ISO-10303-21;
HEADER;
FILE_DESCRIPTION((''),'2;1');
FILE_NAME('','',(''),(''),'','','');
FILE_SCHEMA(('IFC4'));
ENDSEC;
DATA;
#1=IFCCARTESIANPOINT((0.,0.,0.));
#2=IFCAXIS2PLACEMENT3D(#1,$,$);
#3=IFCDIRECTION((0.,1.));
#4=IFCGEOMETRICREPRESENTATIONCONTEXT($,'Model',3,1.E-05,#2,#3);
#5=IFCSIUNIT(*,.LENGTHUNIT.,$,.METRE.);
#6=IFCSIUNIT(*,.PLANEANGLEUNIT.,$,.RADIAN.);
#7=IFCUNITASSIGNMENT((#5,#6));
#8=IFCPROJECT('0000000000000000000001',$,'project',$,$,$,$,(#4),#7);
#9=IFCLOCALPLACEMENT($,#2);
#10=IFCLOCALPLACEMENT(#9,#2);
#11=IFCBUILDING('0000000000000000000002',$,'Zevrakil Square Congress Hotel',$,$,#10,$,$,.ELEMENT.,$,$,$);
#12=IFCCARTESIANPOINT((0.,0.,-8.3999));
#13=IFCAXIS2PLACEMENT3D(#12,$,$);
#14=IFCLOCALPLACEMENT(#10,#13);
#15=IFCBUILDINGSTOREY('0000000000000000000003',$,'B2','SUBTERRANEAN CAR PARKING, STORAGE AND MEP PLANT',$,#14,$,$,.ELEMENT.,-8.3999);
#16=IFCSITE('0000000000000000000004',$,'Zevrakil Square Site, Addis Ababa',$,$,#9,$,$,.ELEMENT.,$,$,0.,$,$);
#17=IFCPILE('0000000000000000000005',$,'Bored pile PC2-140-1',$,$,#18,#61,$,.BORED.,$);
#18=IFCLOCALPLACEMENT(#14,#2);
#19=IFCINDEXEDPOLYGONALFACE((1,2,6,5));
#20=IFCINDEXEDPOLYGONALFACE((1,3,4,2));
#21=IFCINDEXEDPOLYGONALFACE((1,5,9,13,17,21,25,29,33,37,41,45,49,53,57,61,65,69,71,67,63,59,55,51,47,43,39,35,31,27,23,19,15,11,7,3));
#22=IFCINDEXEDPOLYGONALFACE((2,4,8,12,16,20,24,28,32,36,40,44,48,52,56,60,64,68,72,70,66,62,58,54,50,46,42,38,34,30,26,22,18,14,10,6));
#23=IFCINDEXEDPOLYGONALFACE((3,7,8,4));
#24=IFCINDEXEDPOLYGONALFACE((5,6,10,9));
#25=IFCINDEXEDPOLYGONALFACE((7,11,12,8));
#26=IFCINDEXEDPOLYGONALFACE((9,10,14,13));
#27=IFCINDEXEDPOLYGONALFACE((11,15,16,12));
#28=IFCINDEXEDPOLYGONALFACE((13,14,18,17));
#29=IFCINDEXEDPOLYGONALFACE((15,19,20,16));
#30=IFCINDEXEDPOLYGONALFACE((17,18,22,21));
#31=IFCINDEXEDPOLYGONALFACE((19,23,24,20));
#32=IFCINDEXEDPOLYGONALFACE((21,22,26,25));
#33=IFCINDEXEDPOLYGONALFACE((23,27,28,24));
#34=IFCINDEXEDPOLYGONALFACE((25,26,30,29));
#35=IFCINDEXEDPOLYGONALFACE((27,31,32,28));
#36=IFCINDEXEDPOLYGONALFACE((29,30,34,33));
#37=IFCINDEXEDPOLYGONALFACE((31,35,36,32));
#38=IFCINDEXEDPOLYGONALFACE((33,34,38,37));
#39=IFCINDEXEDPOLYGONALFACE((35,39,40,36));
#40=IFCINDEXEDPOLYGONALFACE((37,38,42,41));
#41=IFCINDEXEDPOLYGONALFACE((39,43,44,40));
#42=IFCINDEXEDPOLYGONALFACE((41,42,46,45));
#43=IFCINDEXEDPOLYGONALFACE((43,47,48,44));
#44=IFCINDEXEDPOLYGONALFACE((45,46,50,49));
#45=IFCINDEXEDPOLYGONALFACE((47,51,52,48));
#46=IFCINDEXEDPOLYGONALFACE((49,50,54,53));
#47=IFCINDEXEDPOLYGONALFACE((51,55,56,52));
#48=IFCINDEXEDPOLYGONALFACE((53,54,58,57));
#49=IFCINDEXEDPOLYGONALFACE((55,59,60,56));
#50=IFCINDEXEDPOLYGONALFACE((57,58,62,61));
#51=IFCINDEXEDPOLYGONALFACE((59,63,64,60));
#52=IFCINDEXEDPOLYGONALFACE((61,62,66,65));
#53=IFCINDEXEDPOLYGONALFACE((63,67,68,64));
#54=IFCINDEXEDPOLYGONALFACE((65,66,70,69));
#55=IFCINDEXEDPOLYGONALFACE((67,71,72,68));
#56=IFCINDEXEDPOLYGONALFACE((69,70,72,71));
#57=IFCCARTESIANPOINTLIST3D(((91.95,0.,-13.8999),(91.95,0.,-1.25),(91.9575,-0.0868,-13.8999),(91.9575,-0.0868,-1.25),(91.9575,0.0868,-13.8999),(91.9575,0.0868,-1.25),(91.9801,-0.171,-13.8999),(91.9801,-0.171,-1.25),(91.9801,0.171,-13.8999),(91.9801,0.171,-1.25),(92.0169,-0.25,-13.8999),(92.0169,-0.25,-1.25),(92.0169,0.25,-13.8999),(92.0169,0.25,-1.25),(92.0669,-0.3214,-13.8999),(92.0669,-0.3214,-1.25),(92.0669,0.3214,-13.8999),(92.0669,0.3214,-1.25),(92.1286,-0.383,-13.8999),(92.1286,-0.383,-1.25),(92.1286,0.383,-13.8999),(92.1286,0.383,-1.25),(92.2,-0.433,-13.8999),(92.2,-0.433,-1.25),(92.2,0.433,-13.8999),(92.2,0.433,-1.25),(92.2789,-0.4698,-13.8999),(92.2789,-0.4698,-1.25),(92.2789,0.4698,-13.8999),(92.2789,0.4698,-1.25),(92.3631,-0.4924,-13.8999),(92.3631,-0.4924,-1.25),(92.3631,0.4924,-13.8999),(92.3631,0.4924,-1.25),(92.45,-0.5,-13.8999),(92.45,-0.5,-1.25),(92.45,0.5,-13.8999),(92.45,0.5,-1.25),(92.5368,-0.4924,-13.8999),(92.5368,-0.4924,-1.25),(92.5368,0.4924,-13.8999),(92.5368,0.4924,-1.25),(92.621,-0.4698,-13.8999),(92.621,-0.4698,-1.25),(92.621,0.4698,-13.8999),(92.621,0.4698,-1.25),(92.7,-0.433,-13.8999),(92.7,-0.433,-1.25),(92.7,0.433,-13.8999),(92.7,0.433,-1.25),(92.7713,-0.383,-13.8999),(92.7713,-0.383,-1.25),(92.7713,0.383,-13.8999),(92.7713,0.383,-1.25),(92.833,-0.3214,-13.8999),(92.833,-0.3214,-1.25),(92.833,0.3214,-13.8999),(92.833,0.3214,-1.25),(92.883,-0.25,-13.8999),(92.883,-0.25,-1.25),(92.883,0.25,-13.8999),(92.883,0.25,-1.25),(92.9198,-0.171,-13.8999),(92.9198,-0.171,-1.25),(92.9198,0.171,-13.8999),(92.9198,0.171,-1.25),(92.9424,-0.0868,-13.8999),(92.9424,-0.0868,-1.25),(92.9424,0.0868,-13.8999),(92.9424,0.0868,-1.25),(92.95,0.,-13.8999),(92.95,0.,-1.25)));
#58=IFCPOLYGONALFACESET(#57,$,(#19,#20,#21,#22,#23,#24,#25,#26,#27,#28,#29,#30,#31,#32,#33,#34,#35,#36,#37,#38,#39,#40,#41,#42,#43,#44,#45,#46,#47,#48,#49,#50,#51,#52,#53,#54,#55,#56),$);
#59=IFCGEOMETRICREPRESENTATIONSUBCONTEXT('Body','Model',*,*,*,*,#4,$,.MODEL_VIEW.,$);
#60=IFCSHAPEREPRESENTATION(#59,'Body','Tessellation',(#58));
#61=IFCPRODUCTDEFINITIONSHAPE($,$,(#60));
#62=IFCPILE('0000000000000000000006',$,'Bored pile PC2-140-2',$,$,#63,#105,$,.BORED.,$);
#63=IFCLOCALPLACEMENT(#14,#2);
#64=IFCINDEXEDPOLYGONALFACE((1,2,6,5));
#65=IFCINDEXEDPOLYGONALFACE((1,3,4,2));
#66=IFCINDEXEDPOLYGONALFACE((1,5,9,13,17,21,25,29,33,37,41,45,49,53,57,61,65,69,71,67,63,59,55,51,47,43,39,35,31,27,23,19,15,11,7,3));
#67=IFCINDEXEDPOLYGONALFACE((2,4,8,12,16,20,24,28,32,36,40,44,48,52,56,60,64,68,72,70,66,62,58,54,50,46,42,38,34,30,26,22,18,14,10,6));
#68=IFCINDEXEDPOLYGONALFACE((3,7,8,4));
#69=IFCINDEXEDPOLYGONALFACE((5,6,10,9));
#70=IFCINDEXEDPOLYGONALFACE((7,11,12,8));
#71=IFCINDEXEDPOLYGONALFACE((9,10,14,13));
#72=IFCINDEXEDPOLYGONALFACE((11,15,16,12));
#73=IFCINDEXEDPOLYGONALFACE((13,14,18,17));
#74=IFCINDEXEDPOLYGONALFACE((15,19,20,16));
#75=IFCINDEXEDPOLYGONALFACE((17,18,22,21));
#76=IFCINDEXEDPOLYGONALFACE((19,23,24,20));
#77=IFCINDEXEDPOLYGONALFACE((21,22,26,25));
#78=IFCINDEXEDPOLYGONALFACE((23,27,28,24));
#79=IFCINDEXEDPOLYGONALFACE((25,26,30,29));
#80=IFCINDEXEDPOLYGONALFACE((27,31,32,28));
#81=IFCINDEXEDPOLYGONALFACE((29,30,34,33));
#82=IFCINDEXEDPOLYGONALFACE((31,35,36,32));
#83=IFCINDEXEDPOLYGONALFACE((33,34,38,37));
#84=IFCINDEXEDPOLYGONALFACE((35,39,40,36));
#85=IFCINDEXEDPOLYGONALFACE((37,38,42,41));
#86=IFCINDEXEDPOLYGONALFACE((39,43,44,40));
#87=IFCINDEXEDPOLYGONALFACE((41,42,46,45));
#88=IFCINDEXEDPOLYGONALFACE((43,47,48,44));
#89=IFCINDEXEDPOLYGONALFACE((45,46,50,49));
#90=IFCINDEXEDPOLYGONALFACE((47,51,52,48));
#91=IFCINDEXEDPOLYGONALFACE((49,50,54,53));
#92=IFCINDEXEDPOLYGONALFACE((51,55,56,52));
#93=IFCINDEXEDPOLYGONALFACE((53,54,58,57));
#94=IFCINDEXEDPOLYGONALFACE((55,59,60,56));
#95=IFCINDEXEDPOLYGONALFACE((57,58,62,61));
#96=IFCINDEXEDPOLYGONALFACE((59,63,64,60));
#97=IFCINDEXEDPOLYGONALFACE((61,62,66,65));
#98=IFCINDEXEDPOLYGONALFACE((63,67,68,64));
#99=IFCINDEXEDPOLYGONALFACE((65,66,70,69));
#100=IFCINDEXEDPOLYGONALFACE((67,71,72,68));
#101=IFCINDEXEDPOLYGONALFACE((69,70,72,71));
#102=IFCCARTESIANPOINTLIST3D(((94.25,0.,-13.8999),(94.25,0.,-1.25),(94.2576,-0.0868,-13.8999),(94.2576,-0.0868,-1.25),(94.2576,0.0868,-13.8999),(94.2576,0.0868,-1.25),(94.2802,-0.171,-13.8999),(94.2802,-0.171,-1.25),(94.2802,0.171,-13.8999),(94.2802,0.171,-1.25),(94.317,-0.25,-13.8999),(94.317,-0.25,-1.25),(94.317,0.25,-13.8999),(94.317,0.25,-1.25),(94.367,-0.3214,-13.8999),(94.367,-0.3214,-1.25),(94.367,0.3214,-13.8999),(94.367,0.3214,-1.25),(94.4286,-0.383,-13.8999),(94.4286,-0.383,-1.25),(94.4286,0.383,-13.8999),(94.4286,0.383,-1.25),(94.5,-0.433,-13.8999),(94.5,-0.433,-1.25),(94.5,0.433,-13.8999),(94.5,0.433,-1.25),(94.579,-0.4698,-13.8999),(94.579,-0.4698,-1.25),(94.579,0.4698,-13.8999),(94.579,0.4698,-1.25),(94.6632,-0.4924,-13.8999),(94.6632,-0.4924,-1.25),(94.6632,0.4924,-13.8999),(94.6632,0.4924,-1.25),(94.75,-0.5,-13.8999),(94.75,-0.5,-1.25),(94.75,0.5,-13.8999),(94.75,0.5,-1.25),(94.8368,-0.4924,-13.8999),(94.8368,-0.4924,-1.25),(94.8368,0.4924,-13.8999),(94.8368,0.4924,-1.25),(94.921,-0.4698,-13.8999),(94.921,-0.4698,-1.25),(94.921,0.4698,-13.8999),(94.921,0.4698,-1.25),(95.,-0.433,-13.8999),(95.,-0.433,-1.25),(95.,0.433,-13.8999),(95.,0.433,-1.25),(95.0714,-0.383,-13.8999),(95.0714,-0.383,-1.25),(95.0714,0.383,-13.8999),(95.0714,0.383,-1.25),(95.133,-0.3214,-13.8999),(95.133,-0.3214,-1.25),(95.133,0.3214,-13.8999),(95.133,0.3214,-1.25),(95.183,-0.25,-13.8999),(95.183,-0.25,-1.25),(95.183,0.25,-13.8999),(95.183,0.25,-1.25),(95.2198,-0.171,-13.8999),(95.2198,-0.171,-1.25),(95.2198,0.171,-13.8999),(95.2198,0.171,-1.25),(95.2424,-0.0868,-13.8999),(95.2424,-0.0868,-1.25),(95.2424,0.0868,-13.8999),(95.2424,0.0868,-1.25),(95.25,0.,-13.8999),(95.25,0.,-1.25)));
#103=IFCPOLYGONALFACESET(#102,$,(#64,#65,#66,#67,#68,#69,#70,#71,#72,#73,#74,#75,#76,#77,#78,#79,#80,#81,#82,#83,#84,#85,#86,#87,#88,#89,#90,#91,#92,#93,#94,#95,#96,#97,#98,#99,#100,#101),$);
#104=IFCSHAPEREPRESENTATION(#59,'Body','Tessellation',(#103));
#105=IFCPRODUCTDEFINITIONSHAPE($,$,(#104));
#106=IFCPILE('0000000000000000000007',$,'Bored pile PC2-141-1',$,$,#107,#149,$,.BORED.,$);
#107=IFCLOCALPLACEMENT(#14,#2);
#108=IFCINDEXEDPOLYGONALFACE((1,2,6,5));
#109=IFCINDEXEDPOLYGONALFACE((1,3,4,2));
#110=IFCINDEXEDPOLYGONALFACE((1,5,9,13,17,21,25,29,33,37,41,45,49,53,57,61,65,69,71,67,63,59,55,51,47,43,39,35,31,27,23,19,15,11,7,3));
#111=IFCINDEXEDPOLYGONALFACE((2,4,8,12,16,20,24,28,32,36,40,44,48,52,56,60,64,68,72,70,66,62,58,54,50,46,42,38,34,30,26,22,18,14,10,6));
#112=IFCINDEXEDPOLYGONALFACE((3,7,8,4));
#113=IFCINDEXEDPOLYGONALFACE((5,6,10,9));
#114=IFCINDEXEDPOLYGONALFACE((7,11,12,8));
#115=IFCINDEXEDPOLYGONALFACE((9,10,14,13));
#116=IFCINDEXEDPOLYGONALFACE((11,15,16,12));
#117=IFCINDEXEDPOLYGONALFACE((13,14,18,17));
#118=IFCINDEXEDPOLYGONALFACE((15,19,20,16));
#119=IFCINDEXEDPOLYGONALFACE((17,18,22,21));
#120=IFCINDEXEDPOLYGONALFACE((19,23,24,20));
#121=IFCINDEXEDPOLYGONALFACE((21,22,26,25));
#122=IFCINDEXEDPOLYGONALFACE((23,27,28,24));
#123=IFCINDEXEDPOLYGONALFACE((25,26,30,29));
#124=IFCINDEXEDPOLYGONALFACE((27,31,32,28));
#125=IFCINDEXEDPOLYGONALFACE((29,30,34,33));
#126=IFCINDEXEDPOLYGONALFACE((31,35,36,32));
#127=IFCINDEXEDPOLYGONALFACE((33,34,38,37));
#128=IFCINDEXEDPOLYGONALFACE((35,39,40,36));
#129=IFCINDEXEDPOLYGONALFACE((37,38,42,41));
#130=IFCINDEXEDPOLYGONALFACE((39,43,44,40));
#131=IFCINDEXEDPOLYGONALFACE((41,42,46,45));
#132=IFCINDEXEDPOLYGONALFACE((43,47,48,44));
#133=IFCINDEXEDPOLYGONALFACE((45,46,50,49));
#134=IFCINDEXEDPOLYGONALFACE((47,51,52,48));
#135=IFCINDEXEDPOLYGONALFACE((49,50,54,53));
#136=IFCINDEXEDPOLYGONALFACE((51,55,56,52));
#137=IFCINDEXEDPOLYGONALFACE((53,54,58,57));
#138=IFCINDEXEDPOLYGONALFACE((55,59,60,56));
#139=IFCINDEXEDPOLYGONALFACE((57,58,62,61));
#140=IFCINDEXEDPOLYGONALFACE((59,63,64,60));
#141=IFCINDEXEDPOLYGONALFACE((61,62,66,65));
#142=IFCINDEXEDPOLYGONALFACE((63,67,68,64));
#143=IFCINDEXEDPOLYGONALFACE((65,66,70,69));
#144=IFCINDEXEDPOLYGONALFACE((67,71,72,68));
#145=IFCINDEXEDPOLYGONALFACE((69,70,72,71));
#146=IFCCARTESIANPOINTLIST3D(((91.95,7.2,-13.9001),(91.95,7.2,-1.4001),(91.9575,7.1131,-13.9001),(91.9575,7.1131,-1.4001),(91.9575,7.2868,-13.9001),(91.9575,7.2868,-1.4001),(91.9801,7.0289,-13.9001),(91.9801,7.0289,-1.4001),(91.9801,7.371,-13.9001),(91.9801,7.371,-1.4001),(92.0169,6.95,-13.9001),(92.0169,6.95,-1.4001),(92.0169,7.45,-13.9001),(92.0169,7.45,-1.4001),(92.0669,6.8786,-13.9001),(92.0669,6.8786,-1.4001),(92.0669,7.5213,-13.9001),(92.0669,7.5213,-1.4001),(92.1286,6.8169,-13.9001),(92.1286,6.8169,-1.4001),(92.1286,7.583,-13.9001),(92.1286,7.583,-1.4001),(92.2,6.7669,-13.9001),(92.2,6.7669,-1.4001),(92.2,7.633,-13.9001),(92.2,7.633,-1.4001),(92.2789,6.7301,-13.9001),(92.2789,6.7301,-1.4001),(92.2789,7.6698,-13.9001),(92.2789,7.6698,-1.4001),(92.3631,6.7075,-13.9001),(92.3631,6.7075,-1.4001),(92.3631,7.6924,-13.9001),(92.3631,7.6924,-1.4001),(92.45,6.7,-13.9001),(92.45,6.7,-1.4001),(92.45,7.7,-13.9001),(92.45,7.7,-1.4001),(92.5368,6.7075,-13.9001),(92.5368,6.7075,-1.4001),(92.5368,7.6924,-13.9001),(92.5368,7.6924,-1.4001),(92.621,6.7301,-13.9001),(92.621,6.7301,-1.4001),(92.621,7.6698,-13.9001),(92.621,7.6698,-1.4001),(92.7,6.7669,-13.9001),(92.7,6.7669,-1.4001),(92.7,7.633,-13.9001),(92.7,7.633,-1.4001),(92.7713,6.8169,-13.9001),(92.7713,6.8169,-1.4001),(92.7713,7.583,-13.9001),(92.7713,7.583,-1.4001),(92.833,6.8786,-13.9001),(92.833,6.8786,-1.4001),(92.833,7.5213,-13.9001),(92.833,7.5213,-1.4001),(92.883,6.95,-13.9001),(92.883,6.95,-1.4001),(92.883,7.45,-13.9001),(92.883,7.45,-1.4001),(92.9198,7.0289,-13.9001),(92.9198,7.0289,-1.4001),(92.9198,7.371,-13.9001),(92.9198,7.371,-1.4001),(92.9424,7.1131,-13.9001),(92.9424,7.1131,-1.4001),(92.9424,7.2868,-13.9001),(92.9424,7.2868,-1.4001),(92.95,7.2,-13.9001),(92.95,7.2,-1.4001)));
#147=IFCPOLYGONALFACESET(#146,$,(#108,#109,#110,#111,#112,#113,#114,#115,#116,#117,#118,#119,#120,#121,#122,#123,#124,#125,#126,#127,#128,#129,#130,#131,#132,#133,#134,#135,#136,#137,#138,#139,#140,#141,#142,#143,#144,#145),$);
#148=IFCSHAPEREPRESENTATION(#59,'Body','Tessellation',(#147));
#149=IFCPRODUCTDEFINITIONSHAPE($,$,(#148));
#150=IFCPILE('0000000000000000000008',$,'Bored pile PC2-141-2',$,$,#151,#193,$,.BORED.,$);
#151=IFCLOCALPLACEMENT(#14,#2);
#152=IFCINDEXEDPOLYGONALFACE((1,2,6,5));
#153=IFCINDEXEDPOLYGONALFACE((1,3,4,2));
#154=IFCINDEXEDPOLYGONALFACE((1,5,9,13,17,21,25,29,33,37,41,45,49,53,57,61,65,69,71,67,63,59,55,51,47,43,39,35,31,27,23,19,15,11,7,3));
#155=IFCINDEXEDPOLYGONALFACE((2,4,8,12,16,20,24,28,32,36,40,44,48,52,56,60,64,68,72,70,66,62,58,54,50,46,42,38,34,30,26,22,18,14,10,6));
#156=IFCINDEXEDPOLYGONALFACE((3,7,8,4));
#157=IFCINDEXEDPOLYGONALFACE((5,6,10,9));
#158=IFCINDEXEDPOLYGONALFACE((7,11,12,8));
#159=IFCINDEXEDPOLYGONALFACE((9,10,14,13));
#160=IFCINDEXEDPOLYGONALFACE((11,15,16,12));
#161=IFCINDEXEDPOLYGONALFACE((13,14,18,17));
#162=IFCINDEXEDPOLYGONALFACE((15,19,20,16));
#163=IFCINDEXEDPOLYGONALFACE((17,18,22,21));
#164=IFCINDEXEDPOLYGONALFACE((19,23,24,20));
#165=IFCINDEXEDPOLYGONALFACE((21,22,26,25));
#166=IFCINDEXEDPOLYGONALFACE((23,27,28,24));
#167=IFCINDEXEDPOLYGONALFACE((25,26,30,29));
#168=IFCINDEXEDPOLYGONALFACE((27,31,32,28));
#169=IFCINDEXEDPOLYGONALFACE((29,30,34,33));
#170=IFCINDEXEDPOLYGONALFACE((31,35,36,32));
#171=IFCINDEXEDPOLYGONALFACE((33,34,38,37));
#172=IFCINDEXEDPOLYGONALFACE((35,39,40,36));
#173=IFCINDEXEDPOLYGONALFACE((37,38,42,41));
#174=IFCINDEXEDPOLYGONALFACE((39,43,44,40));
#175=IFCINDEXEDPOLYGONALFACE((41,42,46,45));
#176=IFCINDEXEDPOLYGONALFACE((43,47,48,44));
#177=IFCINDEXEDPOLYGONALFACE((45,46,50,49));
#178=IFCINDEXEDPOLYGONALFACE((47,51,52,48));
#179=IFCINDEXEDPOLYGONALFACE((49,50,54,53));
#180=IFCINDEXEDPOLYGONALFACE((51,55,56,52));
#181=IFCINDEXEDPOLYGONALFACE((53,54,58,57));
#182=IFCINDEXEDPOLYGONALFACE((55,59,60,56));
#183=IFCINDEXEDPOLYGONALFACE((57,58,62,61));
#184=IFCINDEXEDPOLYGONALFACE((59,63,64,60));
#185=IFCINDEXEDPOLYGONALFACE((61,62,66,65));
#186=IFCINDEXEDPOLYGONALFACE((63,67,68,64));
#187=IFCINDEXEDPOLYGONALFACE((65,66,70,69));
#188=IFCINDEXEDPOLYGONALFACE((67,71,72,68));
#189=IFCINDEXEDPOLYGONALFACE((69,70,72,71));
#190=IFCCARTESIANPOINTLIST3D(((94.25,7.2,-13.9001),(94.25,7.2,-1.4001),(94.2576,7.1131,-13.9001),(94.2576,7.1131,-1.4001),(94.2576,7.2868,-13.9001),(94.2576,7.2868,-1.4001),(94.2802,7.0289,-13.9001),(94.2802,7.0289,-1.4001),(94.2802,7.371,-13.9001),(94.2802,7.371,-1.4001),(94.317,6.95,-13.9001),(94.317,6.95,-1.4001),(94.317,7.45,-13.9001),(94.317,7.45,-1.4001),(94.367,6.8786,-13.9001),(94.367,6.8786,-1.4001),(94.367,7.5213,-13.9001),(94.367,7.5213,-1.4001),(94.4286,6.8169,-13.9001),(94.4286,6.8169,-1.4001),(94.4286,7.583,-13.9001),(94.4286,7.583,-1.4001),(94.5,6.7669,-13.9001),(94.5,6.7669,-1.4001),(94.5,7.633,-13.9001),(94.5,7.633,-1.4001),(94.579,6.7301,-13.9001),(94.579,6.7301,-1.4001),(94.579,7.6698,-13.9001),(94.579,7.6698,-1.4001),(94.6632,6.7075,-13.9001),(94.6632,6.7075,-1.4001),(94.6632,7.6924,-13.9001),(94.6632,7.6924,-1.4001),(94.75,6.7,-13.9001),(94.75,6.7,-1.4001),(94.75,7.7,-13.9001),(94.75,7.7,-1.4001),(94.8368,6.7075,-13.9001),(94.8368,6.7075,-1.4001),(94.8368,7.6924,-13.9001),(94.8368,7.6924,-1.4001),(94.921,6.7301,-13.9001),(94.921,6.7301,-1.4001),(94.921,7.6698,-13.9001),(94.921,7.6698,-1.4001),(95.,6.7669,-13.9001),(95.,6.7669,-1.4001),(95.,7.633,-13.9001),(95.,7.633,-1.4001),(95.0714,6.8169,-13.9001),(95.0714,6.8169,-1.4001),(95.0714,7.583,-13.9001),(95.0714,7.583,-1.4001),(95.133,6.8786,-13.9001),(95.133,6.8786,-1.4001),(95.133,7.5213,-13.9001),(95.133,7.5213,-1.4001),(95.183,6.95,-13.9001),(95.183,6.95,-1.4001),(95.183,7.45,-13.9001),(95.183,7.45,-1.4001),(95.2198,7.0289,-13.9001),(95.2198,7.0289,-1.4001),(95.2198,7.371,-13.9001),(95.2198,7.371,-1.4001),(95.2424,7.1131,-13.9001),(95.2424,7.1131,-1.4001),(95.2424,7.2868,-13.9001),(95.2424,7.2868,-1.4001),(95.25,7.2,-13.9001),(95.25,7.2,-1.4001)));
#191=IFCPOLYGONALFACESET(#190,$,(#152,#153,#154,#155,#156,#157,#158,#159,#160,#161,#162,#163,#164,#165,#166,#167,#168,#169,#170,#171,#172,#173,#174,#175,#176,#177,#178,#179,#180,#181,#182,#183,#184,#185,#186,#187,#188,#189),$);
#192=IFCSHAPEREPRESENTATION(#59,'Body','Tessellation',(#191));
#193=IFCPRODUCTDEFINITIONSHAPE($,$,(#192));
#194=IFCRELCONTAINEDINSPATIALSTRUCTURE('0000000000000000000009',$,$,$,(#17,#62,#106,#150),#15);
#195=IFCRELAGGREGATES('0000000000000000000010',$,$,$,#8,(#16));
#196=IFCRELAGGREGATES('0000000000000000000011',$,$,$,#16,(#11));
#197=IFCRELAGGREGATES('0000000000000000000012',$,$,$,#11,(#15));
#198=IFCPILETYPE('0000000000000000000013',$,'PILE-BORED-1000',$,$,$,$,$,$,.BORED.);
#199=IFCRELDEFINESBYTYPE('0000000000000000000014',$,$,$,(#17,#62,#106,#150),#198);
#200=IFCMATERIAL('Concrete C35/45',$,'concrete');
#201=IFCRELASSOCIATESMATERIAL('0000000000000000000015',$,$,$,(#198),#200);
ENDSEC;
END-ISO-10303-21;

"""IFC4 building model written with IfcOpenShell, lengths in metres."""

from ifc_helpers import new_model, si_unit, direction, frame, origin, origin_2d, place, context, subcontext, project, spatial, circle, extrude, material, material_profile, profile_set, type_object, element, save


model = new_model("IFC4")

# Units and contexts
model_context = context("Model", 3, precision=1e-05, world=origin(), true_north=direction((0.0, 1.0)))
body_context = subcontext(model_context, "Body", "Model", "MODEL_VIEW")
ifc_project = project(units=[si_unit("LENGTHUNIT", "METRE"), si_unit("PLANEANGLEUNIT", "RADIAN")], contexts=[model_context])

# Site, building, storey
site_placement = place(None, origin())
site = spatial("IfcSite", under=ifc_project, at=site_placement, Name="Zevrakil Square Site, Addis Ababa", CompositionType="ELEMENT", RefElevation=0.0)
building_placement = place(site_placement, origin())
building = spatial("IfcBuilding", under=site, at=building_placement, Name="Zevrakil Square Congress Hotel", CompositionType="ELEMENT")
storey_placement = place(building_placement, frame((0.0, 0.0, -8.3999)))
storey = spatial("IfcBuildingStorey", under=building, at=storey_placement, Name="B2", Description="SUBTERRANEAN CAR PARKING, STORAGE AND MEP PLANT", CompositionType="ELEMENT", Elevation=-8.3999)

# Piles
ifc_material_1 = material(Name="Concrete C35/45", Category="concrete")
ifc_material_profile_1 = material_profile(ifc_material_1, circle(Radius=0.5, at=origin_2d()), Name="PILE D1000")
ifc_profile_set_1 = profile_set([ifc_material_profile_1], Name="Concrete C35/45")
pile_type = type_object("IfcPileType", Name="PILE-BORED-1000", PredefinedType="BORED", material=ifc_profile_set_1)
for number, where, z_axis, x_axis, name in (
    (1, (92.45, 0.0, -1.25), (0.0, 0.0, -1.0), (1.0, 0.0, 0.0), "Bored pile PC2-140-1"),
    (2, (94.75, 0.0, -1.25), (0.0, 0.0, -1.0), (1.0, 0.0, 0.0), "Bored pile PC2-140-2"),
):
    element("IfcPile", number, at=place(storey_placement, frame(where, z_axis=z_axis, x_axis=x_axis)), inside=storey, type_object=pile_type, Name=name, PredefinedType="BORED", context=body_context, shape_type="SweptSolid", body=[
        extrude(circle(Radius=0.5, at=origin_2d()), origin(), (0.0, 0.0, 1.0), 12.6499),
    ])
for number, where, z_axis, x_axis, name in (
    (3, (92.45, 7.2, -1.4001), (0.0, 0.0, -1.0), (1.0, 0.0, 0.0), "Bored pile PC2-141-1"),
    (4, (94.75, 7.2, -1.4001), (0.0, 0.0, -1.0), (1.0, 0.0, 0.0), "Bored pile PC2-141-2"),
):
    element("IfcPile", number, at=place(storey_placement, frame(where, z_axis=z_axis, x_axis=x_axis)), inside=storey, type_object=pile_type, Name=name, PredefinedType="BORED", context=body_context, shape_type="SweptSolid", body=[
        extrude(circle(Radius=0.5, at=origin_2d()), origin(), (0.0, 0.0, 1.0), 12.5),
    ])

save(model, "model.ifc")
